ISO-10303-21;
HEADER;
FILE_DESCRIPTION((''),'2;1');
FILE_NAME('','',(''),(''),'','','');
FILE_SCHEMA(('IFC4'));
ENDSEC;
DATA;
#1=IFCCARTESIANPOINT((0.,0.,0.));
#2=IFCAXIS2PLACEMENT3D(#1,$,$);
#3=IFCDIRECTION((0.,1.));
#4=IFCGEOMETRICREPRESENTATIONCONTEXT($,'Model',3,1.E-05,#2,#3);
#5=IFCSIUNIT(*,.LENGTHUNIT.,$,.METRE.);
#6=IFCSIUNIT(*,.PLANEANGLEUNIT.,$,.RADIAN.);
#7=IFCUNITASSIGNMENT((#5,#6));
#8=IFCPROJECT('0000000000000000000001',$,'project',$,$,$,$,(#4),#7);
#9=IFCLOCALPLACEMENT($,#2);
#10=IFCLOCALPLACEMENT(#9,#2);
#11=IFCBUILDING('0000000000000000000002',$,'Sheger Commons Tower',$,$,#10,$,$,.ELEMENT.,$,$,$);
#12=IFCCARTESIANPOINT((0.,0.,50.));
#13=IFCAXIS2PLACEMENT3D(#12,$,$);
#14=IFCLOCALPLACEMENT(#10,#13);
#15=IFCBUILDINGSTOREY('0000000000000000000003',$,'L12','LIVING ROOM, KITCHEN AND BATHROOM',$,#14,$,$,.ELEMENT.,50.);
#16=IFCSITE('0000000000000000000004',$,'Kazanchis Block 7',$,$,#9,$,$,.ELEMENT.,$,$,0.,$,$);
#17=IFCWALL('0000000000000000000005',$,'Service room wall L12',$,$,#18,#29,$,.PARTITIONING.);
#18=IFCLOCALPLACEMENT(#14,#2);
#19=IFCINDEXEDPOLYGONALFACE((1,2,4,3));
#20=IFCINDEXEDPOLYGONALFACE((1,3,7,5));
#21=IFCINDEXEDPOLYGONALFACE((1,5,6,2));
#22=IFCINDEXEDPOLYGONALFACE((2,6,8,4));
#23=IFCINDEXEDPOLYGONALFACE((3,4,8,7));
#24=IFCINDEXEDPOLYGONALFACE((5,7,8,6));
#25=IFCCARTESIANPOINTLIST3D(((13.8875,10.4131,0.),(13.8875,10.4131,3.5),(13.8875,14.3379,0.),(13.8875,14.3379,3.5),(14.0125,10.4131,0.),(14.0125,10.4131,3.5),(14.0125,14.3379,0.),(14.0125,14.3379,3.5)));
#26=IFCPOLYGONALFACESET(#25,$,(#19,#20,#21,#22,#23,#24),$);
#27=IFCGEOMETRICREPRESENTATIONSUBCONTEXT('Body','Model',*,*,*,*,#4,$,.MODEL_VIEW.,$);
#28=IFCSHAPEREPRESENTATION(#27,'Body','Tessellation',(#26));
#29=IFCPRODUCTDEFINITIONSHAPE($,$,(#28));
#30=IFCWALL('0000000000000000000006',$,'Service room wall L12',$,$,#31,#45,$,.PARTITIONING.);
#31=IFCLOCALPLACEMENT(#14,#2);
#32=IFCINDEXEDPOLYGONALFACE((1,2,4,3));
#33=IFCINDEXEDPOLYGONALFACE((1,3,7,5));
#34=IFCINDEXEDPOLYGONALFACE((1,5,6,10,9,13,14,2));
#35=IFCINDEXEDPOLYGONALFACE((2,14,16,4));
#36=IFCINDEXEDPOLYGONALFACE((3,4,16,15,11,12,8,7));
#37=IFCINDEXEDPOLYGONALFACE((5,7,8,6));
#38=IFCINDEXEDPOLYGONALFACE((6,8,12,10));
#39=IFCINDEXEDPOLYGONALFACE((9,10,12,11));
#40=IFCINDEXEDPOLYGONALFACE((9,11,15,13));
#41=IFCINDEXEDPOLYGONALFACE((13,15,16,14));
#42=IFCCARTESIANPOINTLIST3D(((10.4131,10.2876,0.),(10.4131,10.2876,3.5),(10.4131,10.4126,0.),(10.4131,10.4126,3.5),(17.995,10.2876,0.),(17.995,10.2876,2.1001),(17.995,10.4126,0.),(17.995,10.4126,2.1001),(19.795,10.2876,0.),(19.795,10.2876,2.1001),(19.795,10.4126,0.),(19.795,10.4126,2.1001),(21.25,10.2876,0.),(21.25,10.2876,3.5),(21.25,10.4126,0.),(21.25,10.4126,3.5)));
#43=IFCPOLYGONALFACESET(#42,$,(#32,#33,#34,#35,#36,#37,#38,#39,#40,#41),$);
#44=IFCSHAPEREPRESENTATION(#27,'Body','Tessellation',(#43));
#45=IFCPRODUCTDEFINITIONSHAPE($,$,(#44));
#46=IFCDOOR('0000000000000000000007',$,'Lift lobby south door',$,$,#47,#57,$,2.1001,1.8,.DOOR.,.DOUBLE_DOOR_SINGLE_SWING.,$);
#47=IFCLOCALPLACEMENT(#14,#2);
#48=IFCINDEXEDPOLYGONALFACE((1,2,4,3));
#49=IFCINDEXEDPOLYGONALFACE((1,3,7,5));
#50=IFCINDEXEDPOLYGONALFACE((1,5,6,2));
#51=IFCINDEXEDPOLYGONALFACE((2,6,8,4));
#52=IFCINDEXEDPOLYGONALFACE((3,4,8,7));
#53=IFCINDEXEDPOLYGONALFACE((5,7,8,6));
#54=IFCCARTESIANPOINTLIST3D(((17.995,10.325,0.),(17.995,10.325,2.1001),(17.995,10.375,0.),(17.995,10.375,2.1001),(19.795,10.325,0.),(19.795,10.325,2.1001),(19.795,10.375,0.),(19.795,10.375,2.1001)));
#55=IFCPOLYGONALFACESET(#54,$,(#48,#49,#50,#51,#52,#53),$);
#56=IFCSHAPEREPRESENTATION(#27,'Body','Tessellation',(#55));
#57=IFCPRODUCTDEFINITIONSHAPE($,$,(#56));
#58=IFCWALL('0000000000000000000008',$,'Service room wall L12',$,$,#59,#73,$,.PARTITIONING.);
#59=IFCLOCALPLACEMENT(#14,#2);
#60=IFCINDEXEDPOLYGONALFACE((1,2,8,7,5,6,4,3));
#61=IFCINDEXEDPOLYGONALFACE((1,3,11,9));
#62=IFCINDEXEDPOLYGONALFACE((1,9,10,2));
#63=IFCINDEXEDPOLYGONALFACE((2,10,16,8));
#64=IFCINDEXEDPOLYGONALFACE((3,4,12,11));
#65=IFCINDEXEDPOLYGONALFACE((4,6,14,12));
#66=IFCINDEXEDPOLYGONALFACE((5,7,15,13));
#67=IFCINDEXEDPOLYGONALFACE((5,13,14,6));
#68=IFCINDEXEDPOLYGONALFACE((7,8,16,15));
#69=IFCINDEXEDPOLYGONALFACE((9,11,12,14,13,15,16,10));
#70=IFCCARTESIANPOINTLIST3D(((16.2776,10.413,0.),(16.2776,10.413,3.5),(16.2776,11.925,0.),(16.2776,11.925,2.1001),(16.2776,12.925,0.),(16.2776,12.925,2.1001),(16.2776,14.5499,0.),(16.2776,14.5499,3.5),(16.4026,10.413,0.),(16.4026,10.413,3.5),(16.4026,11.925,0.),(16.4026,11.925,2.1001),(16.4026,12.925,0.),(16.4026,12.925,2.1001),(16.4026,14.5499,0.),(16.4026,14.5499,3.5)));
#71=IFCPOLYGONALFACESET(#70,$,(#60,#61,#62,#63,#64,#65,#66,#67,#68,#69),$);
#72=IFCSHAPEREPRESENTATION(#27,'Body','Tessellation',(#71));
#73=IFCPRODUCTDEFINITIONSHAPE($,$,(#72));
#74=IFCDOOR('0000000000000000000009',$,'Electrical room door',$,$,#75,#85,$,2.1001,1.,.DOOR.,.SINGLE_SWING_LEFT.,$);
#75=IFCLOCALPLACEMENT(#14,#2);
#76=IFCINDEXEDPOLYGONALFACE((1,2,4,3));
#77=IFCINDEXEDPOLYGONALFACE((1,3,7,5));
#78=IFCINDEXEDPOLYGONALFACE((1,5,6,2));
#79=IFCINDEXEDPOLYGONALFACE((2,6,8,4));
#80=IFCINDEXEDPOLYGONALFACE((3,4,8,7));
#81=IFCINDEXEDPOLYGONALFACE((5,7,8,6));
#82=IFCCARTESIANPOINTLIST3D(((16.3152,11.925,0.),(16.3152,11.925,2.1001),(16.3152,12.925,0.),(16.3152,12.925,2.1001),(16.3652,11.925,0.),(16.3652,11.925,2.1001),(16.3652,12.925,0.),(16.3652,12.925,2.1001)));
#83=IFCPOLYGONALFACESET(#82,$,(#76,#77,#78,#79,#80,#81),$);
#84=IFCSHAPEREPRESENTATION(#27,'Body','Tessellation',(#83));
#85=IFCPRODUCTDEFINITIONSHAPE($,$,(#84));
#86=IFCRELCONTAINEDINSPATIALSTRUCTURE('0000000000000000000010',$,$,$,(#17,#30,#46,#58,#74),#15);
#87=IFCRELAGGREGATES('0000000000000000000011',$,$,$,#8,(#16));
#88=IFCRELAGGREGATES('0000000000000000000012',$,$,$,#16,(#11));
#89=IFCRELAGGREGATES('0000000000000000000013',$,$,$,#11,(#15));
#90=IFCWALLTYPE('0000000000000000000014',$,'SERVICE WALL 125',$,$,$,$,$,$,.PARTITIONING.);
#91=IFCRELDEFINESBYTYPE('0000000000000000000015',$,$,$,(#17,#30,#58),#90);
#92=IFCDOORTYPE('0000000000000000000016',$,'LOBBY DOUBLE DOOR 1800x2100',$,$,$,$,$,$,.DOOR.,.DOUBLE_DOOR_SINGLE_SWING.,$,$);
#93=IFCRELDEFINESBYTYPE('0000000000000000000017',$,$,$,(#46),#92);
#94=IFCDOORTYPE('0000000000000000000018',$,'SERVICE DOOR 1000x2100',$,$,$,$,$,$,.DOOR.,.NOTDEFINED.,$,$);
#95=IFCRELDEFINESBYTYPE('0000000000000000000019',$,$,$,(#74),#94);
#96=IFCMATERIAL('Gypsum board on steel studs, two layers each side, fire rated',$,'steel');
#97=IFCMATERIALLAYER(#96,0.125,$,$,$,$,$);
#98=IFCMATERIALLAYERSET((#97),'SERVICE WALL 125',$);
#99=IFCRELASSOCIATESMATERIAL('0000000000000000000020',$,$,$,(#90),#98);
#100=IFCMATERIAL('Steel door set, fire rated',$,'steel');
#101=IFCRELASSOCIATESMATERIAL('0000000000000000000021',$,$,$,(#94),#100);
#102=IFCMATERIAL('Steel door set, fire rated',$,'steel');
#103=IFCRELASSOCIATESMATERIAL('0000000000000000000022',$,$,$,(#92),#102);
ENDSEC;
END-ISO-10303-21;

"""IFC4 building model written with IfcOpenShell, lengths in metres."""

from ifc_helpers import new_model, si_unit, direction, frame, frame_2d, origin, place, context, subcontext, project, spatial, rectangle, extrude, material, layer, layer_set, type_object, element, fill, save


model = new_model("IFC4")

# Units and contexts
model_context = context("Model", 3, precision=1e-05, world=origin(), true_north=direction((0.0, 1.0)))
body_context = subcontext(model_context, "Body", "Model", "MODEL_VIEW")
ifc_project = project(units=[si_unit("LENGTHUNIT", "METRE"), si_unit("PLANEANGLEUNIT", "RADIAN")], contexts=[model_context])

# Site, building, storey
site_placement = place(None, origin())
site = spatial("IfcSite", under=ifc_project, at=site_placement, Name="Kazanchis Block 7", CompositionType="ELEMENT", RefElevation=0.0)
building_placement = place(site_placement, origin())
building = spatial("IfcBuilding", under=site, at=building_placement, Name="Sheger Commons Tower", CompositionType="ELEMENT")
storey_placement = place(building_placement, frame((0.0, 0.0, 50.0)))
storey = spatial("IfcBuildingStorey", under=building, at=storey_placement, Name="L12", Description="LIVING ROOM, KITCHEN AND BATHROOM", CompositionType="ELEMENT", Elevation=50.0)

# Shared definitions
ifc_material_1 = material(Name="Gypsum board on steel studs, two layers each side, fire rated", Category="steel")
ifc_layer_1 = layer(ifc_material_1, 0.125)
ifc_layer_set_1 = layer_set([ifc_layer_1], Name="SERVICE WALL 125")
wall_type_1 = type_object("IfcWallType", Name="SERVICE WALL 125", PredefinedType="PARTITIONING", material=ifc_layer_set_1)
ifc_material_2 = material(Name="Steel door set, fire rated", Category="steel")
door_type_1 = type_object("IfcDoorType", Name="SERVICE DOOR 1000x2100", OperationType="NOTDEFINED", PredefinedType="DOOR", material=ifc_material_2)

# Wall
wall_1_placement = place(storey_placement, frame((13.95, 10.4131, 0.0), z_axis=(0.0, 0.0, 1.0), x_axis=(0.0, 1.0, 0.0)))
element("IfcWall", 1, at=wall_1_placement, inside=storey, type_object=wall_type_1, Name="Service room wall L12", PredefinedType="PARTITIONING", context=body_context, shape_type="SweptSolid", body=[
    extrude(rectangle(XDim=3.9248, YDim=0.125, at=frame_2d((1.9624, 0.0))), origin(), (0.0, 0.0, 1.0), 3.5),
])

# Walls, openings, doors
wall_2_placement = place(storey_placement, frame((10.4131, 10.3501, 0.0), z_axis=(0.0, 0.0, 1.0), x_axis=(1.0, 0.0, 0.0)))
wall_2 = element("IfcWall", 2, at=wall_2_placement, inside=storey, type_object=wall_type_1, Name="Service room wall L12", PredefinedType="PARTITIONING", context=body_context, shape_type="SweptSolid", body=[
    extrude(rectangle(XDim=10.8369, YDim=0.125, at=frame_2d((5.4185, 0.0))), origin(), (0.0, 0.0, 1.0), 3.5),
])
opening_1_placement = place(wall_2_placement, frame((7.582, 0.0, 0.0)))
opening_1 = element("IfcOpeningElement", 3, at=opening_1_placement, cuts=wall_2, PredefinedType="OPENING", context=body_context, shape_type="SweptSolid", body=[
    extrude(rectangle(XDim=1.8, YDim=2.1001, at=frame_2d((0.8999, 1.05))), frame((0.0, 0.0725, 0.0), z_axis=(0.0, -1.0, 0.0), x_axis=(1.0, 0.0, 0.0)), (0.0, 0.0, 1.0), 0.145),
])
ifc_material_3 = material(Name="Steel door set, fire rated", Category="steel")
door_type_2 = type_object("IfcDoorType", Name="LOBBY DOUBLE DOOR 1800x2100", OperationType="DOUBLE_DOOR_SINGLE_SWING", PredefinedType="DOOR", material=ifc_material_3)
door_1_placement = place(opening_1_placement, origin())
door_1 = element("IfcDoor", 4, at=door_1_placement, inside=storey, type_object=door_type_2, Name="Lift lobby south door", OperationType="DOUBLE_DOOR_SINGLE_SWING", OverallHeight=2.1001, OverallWidth=1.8, PredefinedType="DOOR", context=body_context, shape_type="SweptSolid", body=[
    extrude(rectangle(XDim=1.8, YDim=2.1001, at=frame_2d((0.8999, 1.05))), frame((0.0, 0.0249, 0.0), z_axis=(0.0, -1.0, 0.0), x_axis=(1.0, 0.0, 0.0)), (0.0, 0.0, 1.0), 0.05),
])
fill(opening_1, door_1)
wall_3_placement = place(storey_placement, frame((16.3401, 10.4131, 0.0), z_axis=(0.0, 0.0, 1.0), x_axis=(0.0, 1.0, 0.0)))
wall_3 = element("IfcWall", 5, at=wall_3_placement, inside=storey, type_object=wall_type_1, Name="Service room wall L12", PredefinedType="PARTITIONING", context=body_context, shape_type="SweptSolid", body=[
    extrude(rectangle(XDim=4.137, YDim=0.125, at=frame_2d((2.0684, 0.0))), origin(), (0.0, 0.0, 1.0), 3.5),
])
opening_2_placement = place(wall_3_placement, frame((1.512, 0.0, 0.0)))
opening_2 = element("IfcOpeningElement", 6, at=opening_2_placement, cuts=wall_3, PredefinedType="OPENING", context=body_context, shape_type="SweptSolid", body=[
    extrude(rectangle(XDim=1.0, YDim=2.1001, at=frame_2d((0.5, 1.05))), frame((0.0, 0.0725, 0.0), z_axis=(0.0, -1.0, 0.0), x_axis=(1.0, 0.0, 0.0)), (0.0, 0.0, 1.0), 0.145),
])
door_2_placement = place(opening_2_placement, origin())
door_2 = element("IfcDoor", 7, at=door_2_placement, inside=storey, type_object=door_type_1, Name="Electrical room door", OperationType="SINGLE_SWING_LEFT", OverallHeight=2.1001, OverallWidth=1.0, PredefinedType="DOOR", context=body_context, shape_type="SweptSolid", body=[
    extrude(rectangle(XDim=1.0, YDim=2.1001, at=frame_2d((0.5, 1.05))), frame((0.0, 0.0249, 0.0), z_axis=(0.0, -1.0, 0.0), x_axis=(1.0, 0.0, 0.0)), (0.0, 0.0, 1.0), 0.05),
])
fill(opening_2, door_2)

save(model, "model.ifc")
